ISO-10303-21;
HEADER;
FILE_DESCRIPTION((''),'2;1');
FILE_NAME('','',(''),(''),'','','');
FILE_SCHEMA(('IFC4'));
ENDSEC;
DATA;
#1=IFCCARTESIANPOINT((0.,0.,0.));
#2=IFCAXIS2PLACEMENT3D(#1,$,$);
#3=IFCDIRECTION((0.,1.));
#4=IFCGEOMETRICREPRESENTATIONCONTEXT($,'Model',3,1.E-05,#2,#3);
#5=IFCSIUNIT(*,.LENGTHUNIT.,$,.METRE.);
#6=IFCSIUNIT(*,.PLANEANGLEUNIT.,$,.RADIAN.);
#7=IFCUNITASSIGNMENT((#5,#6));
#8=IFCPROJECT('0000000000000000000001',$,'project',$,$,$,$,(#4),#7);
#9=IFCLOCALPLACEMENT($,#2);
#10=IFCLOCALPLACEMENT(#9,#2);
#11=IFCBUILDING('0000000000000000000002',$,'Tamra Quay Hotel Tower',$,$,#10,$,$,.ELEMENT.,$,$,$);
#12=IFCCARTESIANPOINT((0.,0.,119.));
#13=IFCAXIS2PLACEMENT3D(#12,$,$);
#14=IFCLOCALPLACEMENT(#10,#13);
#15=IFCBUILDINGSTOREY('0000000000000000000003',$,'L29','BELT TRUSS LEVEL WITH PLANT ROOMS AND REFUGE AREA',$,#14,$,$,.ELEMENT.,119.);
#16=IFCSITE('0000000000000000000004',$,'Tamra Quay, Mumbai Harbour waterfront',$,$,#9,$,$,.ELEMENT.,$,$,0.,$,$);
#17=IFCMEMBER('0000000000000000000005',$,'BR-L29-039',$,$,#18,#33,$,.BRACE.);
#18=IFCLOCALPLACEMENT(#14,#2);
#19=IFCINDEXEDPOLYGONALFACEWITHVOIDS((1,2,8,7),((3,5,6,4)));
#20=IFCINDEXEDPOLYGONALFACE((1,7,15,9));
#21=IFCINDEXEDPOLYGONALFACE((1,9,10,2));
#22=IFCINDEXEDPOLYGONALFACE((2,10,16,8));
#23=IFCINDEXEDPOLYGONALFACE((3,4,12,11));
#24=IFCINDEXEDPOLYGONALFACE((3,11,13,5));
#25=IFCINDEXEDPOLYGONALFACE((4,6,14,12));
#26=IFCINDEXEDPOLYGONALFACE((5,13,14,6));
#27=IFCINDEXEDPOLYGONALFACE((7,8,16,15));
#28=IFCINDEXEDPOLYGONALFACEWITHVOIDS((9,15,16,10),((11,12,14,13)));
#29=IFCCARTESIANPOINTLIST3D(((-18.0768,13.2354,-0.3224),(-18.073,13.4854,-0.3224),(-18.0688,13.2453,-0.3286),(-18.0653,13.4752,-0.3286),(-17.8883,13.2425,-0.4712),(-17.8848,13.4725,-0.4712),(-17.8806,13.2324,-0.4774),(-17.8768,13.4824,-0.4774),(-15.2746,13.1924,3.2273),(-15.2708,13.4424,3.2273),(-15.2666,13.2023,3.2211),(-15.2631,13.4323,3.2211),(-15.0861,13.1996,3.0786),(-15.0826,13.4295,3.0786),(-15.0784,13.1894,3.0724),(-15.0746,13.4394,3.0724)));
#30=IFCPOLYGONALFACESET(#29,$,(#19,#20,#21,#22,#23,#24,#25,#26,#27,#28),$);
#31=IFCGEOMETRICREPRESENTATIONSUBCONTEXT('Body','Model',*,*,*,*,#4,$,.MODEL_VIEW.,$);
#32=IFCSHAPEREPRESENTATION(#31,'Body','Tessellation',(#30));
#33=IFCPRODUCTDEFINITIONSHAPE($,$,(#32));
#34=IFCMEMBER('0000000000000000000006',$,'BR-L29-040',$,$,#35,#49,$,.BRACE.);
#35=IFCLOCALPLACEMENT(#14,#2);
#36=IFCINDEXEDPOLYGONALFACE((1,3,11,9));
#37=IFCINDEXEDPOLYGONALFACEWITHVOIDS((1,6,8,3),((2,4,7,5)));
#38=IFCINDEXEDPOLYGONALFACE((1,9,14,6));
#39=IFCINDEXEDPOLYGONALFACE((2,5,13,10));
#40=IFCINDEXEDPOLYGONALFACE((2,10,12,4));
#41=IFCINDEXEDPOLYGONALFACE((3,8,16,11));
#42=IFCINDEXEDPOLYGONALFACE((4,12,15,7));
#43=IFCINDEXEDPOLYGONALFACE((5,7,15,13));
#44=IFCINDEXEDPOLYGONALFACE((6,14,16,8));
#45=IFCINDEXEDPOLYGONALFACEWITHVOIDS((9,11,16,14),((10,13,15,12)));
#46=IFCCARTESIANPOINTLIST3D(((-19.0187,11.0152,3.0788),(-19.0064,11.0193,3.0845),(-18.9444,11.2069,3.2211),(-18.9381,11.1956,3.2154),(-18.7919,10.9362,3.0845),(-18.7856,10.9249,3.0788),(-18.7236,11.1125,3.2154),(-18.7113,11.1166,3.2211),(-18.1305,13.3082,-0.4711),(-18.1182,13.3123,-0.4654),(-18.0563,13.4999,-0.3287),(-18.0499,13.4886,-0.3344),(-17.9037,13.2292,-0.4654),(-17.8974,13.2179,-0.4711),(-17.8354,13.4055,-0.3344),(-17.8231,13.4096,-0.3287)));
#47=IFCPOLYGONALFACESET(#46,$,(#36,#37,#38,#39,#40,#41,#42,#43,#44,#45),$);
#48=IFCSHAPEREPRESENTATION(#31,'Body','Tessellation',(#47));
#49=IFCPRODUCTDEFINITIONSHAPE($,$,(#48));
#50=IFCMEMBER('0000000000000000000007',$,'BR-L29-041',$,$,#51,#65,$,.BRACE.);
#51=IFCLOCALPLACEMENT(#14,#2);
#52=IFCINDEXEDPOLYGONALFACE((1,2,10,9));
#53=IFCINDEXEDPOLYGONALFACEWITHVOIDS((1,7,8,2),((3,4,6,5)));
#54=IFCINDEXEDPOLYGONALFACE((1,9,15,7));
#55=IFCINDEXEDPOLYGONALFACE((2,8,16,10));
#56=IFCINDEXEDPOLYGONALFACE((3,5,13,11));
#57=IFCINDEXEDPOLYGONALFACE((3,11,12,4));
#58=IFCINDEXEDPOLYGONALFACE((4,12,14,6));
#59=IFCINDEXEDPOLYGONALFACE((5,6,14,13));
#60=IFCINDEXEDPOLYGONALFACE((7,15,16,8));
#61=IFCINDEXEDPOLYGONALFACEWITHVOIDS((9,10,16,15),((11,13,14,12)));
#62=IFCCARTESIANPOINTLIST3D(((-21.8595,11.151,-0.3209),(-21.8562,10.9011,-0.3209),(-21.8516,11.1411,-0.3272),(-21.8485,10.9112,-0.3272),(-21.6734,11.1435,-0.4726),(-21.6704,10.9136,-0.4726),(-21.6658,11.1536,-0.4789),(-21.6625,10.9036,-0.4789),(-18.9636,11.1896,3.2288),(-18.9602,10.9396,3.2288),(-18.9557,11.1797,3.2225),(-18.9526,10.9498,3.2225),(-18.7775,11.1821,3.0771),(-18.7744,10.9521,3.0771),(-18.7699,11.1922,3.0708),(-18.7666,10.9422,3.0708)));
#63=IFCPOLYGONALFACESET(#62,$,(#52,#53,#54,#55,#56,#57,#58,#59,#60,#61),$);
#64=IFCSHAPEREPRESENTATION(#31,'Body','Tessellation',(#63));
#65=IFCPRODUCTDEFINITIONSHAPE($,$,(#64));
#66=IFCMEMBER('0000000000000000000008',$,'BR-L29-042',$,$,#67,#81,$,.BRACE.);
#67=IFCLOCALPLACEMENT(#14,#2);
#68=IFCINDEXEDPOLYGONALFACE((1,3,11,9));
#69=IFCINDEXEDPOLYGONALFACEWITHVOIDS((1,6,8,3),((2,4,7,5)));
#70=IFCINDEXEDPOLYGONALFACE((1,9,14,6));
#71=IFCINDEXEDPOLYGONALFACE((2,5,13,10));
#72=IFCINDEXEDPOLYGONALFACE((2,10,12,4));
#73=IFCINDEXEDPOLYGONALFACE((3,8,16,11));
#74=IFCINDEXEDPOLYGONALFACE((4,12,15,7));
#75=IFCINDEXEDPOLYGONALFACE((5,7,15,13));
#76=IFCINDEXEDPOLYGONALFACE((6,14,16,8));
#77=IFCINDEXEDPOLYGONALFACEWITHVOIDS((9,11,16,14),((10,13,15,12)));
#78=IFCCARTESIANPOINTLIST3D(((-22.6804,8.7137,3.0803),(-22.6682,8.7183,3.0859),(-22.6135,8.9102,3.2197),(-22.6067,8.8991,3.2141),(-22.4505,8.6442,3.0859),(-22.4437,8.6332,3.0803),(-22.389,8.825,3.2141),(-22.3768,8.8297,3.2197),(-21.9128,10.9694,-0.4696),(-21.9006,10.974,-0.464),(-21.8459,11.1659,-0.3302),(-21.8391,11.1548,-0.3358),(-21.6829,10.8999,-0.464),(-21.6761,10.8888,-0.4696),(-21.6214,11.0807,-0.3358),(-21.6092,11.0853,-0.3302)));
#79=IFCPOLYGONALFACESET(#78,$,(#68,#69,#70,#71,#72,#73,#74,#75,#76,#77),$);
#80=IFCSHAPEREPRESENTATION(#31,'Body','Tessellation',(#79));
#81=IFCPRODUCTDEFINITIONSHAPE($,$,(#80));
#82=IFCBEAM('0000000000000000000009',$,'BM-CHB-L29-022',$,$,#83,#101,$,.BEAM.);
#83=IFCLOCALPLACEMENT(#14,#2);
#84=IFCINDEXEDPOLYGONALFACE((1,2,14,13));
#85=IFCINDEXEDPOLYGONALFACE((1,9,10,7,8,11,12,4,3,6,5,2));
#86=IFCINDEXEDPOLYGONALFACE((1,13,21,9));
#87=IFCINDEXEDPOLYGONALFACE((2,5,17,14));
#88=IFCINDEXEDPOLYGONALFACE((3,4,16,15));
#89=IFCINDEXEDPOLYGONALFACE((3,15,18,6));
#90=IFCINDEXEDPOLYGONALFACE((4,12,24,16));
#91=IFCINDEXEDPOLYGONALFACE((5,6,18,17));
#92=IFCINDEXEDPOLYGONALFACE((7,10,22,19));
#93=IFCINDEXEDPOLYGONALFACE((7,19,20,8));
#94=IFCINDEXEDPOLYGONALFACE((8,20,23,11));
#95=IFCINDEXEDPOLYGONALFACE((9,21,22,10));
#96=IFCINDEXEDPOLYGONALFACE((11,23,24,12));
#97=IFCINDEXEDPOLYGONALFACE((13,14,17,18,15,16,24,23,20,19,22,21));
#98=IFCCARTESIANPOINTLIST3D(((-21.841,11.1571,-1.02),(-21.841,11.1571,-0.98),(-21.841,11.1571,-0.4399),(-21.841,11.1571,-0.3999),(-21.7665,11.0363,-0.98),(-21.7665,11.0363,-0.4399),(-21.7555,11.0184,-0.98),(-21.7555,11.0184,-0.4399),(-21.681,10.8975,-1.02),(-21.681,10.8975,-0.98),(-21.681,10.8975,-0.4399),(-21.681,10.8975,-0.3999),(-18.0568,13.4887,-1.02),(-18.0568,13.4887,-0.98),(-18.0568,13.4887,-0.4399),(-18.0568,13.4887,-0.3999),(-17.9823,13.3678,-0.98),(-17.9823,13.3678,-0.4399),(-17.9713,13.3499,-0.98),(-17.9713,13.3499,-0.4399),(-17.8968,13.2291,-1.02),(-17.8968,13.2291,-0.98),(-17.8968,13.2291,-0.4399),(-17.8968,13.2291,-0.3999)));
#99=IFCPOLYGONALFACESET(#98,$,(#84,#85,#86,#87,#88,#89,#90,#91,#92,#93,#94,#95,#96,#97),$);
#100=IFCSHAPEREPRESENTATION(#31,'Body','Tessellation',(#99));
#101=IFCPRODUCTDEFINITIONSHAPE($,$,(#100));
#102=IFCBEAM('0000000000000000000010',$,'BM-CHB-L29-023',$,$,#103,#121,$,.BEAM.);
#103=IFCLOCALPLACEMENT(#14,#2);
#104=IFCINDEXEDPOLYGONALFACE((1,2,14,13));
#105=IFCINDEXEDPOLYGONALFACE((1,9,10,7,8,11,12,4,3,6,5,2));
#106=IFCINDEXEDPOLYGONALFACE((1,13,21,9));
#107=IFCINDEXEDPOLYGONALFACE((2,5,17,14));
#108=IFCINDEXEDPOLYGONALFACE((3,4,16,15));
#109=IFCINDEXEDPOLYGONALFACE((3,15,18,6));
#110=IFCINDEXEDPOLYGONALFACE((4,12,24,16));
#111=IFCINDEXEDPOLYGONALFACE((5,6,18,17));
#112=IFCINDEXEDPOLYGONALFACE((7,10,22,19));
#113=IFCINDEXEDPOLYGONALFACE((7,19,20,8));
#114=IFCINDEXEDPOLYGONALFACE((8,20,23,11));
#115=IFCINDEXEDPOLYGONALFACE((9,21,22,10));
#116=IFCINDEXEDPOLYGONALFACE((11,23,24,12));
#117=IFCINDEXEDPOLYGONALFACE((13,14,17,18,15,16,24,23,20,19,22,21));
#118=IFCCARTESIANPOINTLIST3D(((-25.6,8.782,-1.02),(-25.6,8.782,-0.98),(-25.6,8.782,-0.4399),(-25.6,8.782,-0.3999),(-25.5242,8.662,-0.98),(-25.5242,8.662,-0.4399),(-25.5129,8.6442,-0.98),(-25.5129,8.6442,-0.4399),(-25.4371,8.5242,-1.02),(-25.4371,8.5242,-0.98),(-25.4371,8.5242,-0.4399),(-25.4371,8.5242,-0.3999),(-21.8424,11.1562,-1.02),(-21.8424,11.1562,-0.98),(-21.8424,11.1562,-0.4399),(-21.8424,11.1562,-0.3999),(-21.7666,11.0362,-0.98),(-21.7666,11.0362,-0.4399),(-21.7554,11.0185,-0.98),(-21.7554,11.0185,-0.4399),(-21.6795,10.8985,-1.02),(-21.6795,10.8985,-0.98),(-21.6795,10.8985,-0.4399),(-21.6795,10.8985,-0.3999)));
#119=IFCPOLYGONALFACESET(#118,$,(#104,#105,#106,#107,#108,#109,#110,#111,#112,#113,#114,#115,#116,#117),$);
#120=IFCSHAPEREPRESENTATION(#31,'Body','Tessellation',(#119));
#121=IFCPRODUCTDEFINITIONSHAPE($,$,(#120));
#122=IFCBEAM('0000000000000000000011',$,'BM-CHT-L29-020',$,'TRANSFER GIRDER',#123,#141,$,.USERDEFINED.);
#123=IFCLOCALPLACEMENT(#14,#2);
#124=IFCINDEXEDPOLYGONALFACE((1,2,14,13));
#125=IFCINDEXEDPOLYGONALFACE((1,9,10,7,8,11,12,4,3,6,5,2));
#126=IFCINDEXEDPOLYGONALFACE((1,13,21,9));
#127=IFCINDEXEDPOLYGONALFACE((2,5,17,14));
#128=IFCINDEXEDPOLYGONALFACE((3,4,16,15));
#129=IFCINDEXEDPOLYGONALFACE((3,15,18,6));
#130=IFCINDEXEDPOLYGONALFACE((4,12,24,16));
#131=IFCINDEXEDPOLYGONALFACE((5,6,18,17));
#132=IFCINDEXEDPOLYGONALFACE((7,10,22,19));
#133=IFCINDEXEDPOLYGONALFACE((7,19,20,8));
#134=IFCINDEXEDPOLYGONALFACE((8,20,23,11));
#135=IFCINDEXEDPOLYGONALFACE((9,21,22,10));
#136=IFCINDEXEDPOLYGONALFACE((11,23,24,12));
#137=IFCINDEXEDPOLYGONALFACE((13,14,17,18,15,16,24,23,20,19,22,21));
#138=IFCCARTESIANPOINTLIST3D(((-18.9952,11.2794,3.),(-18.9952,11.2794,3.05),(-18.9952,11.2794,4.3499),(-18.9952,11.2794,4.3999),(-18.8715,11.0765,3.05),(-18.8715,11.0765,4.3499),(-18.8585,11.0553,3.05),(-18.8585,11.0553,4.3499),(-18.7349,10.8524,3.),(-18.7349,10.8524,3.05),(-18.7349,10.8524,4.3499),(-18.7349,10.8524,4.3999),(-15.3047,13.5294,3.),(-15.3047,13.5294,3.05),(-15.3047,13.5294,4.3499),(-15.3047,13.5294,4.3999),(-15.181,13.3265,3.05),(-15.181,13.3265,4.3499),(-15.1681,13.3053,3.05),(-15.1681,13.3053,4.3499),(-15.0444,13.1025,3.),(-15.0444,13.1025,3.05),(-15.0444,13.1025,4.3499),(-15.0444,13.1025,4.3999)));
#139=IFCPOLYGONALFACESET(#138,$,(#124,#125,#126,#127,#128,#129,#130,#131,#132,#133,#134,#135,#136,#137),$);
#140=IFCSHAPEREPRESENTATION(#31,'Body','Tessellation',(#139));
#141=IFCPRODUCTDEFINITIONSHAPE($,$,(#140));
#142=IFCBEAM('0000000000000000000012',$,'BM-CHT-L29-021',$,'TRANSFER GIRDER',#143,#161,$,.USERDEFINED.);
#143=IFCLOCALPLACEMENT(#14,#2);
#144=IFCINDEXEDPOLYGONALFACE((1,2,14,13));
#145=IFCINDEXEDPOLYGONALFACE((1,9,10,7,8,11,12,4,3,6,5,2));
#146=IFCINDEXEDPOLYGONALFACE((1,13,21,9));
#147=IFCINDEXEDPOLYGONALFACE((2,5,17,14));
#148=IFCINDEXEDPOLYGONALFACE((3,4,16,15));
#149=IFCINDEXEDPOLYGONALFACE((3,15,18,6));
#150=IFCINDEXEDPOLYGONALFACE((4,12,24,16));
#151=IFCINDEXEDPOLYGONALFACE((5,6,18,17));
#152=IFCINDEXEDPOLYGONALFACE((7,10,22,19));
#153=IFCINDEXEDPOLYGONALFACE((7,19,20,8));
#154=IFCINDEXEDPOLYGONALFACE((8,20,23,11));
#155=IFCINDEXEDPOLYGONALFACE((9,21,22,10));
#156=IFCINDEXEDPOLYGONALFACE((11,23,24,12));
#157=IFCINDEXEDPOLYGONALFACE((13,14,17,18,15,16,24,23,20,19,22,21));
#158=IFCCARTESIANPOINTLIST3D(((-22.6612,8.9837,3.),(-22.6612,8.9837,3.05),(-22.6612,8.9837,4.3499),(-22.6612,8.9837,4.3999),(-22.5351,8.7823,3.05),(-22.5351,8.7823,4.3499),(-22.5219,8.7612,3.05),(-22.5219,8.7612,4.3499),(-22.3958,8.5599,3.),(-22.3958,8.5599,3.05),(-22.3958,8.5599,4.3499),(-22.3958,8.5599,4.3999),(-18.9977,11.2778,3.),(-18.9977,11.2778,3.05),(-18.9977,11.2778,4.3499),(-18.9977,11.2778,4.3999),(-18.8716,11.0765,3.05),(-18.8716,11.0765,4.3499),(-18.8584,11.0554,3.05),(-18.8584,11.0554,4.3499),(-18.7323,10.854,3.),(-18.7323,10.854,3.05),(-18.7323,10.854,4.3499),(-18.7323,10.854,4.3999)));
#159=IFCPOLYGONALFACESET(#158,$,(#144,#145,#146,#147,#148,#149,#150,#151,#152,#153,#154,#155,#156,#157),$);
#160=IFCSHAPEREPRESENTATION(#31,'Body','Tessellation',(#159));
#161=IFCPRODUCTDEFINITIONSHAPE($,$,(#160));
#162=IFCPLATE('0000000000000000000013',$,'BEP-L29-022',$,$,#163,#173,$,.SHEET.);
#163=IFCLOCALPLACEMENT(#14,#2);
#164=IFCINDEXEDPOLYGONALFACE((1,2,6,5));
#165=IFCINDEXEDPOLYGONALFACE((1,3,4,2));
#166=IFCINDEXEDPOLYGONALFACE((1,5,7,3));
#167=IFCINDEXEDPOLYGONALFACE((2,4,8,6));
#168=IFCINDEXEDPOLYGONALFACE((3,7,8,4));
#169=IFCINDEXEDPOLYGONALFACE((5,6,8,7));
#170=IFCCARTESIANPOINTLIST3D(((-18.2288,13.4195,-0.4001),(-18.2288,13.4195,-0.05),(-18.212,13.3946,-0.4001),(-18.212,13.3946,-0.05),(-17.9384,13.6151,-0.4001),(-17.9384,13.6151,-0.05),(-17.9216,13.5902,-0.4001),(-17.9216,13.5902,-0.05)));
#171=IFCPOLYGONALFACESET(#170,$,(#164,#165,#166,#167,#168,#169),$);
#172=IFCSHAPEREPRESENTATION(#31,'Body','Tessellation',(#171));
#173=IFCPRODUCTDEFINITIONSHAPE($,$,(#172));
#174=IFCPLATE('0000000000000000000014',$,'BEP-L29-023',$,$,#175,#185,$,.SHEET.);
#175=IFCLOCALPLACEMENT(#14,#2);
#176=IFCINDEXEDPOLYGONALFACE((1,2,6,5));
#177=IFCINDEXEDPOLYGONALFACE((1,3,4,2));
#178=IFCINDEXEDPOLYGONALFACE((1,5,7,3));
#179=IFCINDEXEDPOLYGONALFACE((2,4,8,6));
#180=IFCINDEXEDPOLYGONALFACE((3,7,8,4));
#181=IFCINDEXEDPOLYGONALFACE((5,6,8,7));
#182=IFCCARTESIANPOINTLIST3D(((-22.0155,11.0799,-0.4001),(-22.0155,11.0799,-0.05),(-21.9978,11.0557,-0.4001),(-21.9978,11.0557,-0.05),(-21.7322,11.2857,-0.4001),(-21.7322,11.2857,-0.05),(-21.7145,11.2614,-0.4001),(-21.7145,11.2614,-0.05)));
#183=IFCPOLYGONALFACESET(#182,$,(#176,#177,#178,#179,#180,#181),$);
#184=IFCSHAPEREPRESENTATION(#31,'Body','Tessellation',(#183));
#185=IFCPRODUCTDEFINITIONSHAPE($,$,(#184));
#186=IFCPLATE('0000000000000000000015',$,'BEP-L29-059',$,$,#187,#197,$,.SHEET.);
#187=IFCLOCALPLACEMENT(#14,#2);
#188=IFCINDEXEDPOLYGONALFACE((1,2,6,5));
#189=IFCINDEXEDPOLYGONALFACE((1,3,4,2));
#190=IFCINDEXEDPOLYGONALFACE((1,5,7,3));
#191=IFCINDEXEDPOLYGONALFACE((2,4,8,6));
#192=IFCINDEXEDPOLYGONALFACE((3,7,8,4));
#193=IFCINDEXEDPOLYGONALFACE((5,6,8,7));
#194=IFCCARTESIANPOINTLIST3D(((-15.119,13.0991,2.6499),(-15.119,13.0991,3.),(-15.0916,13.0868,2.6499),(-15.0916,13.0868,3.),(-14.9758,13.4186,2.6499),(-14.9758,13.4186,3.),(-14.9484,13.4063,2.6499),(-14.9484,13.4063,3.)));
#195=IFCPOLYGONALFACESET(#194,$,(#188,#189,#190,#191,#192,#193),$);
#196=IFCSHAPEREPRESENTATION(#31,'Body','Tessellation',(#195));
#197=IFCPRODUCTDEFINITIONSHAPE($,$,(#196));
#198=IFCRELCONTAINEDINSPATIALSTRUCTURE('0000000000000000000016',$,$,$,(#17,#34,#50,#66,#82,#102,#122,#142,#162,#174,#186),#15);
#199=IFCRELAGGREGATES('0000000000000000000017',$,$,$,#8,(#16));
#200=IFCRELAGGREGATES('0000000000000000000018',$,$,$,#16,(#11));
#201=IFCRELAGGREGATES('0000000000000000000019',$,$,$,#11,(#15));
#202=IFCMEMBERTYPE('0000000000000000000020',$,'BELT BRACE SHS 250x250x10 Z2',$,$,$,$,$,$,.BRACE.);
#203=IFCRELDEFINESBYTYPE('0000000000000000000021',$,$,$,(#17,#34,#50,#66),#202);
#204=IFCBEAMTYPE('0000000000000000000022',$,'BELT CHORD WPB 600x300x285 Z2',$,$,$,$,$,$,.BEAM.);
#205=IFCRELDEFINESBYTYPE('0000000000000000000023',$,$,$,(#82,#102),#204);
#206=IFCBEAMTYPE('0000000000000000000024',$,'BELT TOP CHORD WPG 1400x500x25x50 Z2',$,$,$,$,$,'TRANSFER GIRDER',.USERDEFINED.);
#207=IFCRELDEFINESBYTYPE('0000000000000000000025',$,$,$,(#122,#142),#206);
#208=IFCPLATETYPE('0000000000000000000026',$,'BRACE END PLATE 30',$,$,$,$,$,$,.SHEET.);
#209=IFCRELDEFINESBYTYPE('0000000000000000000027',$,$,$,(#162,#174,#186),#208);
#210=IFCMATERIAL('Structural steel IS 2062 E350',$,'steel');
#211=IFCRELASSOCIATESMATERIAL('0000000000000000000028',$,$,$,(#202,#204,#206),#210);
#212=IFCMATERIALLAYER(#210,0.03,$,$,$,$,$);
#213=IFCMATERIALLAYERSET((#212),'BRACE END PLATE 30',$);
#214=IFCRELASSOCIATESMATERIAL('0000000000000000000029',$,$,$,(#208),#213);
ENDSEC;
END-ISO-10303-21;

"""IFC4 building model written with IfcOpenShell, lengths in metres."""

from ifc_helpers import new_model, si_unit, direction, frame, origin, origin_2d, place, context, subcontext, project, spatial, rectangle, hollow_rectangle, i_section, extrude, material, layer, layer_set, material_profile, profile_set, type_object, element, save


model = new_model("IFC4")

# Units and contexts
model_context = context("Model", 3, precision=1e-05, world=origin(), true_north=direction((0.0, 1.0)))
body_context = subcontext(model_context, "Body", "Model", "MODEL_VIEW")
ifc_project = project(units=[si_unit("LENGTHUNIT", "METRE"), si_unit("PLANEANGLEUNIT", "RADIAN")], contexts=[model_context])

# Site, building, storey
site_placement = place(None, origin())
site = spatial("IfcSite", under=ifc_project, at=site_placement, Name="Tamra Quay, Mumbai Harbour waterfront", CompositionType="ELEMENT", RefElevation=0.0)
building_placement = place(site_placement, origin())
building = spatial("IfcBuilding", under=site, at=building_placement, Name="Tamra Quay Hotel Tower", CompositionType="ELEMENT")
storey_placement = place(building_placement, frame((0.0, 0.0, 119.0)))
storey = spatial("IfcBuildingStorey", under=building, at=storey_placement, Name="L29", Description="BELT TRUSS LEVEL WITH PLANT ROOMS AND REFUGE AREA", CompositionType="ELEMENT", Elevation=119.0)

# Members
ifc_material_1 = material(Name="Structural steel IS 2062 E350", Category="steel")
ifc_material_profile_1 = material_profile(ifc_material_1, hollow_rectangle(XDim=0.25, YDim=0.25, WallThickness=0.01, at=origin_2d()), Name="SHS 250x250x10")
ifc_profile_set_1 = profile_set([ifc_material_profile_1], Name="Structural steel IS 2062 E350")
member_type = type_object("IfcMemberType", Name="BELT BRACE SHS 250x250x10 Z2", PredefinedType="BRACE", material=ifc_profile_set_1)
member_1_placement = place(storey_placement, frame((-17.9768, 13.3589, -0.3999), z_axis=(0.619585, -0.009501, 0.784872), x_axis=(0.015332, 0.999882, 0.0)))
element("IfcMember", 1, at=member_1_placement, inside=storey, type_object=member_type, Name="BR-L29-039", PredefinedType="BRACE", context=body_context, shape_type="SweptSolid", body=[
    extrude(hollow_rectangle(XDim=0.25, YDim=0.25, WallThickness=0.01, at=origin_2d()), origin(), (0.0, 0.0, 1.0), 4.5227),
])
member_2_placement = place(storey_placement, frame((-17.9768, 13.3589, -0.3999), z_axis=(-0.205679, -0.530989, 0.822038), x_axis=(0.932488, -0.3612, 0.0)))
element("IfcMember", 2, at=member_2_placement, inside=storey, type_object=member_type, Name="BR-L29-040", PredefinedType="BRACE", context=body_context, shape_type="SweptSolid", body=[
    extrude(hollow_rectangle(XDim=0.25, YDim=0.25, WallThickness=0.01, at=origin_2d()), origin(), (0.0, 0.0, 1.0), 4.3184),
])
member_3_placement = place(storey_placement, frame((-21.761, 11.0273, -0.3999), z_axis=(0.632118, 0.00842, 0.774827), x_axis=(-0.013319, 0.999911, 0.0)))
element("IfcMember", 3, at=member_3_placement, inside=storey, type_object=member_type, Name="BR-L29-041", PredefinedType="BRACE", context=body_context, shape_type="SweptSolid", body=[
    extrude(hollow_rectangle(XDim=0.25, YDim=0.25, WallThickness=0.01, at=origin_2d()), origin(), (0.0, 0.0, 1.0), 4.5813),
])
member_4_placement = place(storey_placement, frame((-21.761, 11.0273, -0.3999), z_axis=(-0.179538, -0.527594, 0.830308), x_axis=(0.946687, -0.322154, 0.0)))
element("IfcMember", 4, at=member_4_placement, inside=storey, type_object=member_type, Name="BR-L29-042", PredefinedType="BRACE", context=body_context, shape_type="SweptSolid", body=[
    extrude(hollow_rectangle(XDim=0.25, YDim=0.25, WallThickness=0.01, at=origin_2d()), origin(), (0.0, 0.0, 1.0), 4.2754),
])

# Beams
ifc_material_profile_2 = material_profile(ifc_material_1, i_section(OverallWidth=0.3049, OverallDepth=0.6201, WebThickness=0.021, FlangeThickness=0.04, at=origin_2d()), Name="WPB 600x300x285")
ifc_profile_set_2 = profile_set([ifc_material_profile_2], Name="Structural steel IS 2062 E350")
beam_type_1 = type_object("IfcBeamType", Name="BELT CHORD WPB 600x300x285 Z2", PredefinedType="BEAM", material=ifc_profile_set_2)
for number, where, z_axis, x_axis, name in (
    (5, (-17.9768, 13.3589, -0.71), (-0.851375, -0.524557, 0.0), (0.524557, -0.851375, 0.0), "BM-CHB-L29-022"),
    (6, (-21.761, 11.0273, -0.71), (-0.845381, -0.534165, 0.0), (0.534165, -0.845381, 0.0), "BM-CHB-L29-023"),
):
    element("IfcBeam", number, at=place(storey_placement, frame(where, z_axis=z_axis, x_axis=x_axis)), inside=storey, type_object=beam_type_1, Name=name, PredefinedType="BEAM", context=body_context, shape_type="SweptSolid", body=[
        extrude(i_section(OverallWidth=0.3049, OverallDepth=0.6201, WebThickness=0.021, FlangeThickness=0.04, at=origin_2d()), origin(), (0.0, 0.0, 1.0), 4.4448),
    ])
ifc_material_profile_3 = material_profile(ifc_material_1, i_section(OverallWidth=0.5, OverallDepth=1.3999, WebThickness=0.0249, FlangeThickness=0.05, at=origin_2d()), Name="WPG 1400x500x25x50")
ifc_profile_set_3 = profile_set([ifc_material_profile_3], Name="Structural steel IS 2062 E350")
beam_type_2 = type_object("IfcBeamType", Name="BELT TOP CHORD WPG 1400x500x25x50 Z2", ElementType="TRANSFER GIRDER", PredefinedType="USERDEFINED", material=ifc_profile_set_3)
beam_1_placement = place(storey_placement, frame((-15.1746, 13.3159, 3.7), z_axis=(-0.853823, -0.520563, 0.0), x_axis=(0.520563, -0.853823, 0.0)))
element("IfcBeam", 7, at=beam_1_placement, inside=storey, type_object=beam_type_2, Name="BM-CHT-L29-020", ObjectType="TRANSFER GIRDER", PredefinedType="USERDEFINED", context=body_context, shape_type="SweptSolid", body=[
    extrude(i_section(OverallWidth=0.5, OverallDepth=1.3999, WebThickness=0.0249, FlangeThickness=0.05, at=origin_2d()), origin(), (0.0, 0.0, 1.0), 4.3223),
])
beam_2_placement = place(storey_placement, frame((-18.865, 11.0659, 3.7), z_axis=(-0.847535, -0.53074, 0.0), x_axis=(0.53074, -0.847535, 0.0)))
element("IfcBeam", 8, at=beam_2_placement, inside=storey, type_object=beam_type_2, Name="BM-CHT-L29-021", ObjectType="TRANSFER GIRDER", PredefinedType="USERDEFINED", context=body_context, shape_type="SweptSolid", body=[
    extrude(i_section(OverallWidth=0.5, OverallDepth=1.3999, WebThickness=0.0249, FlangeThickness=0.05, at=origin_2d()), origin(), (0.0, 0.0, 1.0), 4.3225),
])

# Plates
ifc_layer_1 = layer(ifc_material_1, 0.03)
ifc_layer_set_1 = layer_set([ifc_layer_1], Name="BRACE END PLATE 30")
plate_type = type_object("IfcPlateType", Name="BRACE END PLATE 30", PredefinedType="SHEET", material=ifc_layer_set_1)
for number, where, z_axis, x_axis, name in (
    (9, (-18.0752, 13.5049, -0.4001), (0.0, 0.0, 1.0), (-0.558776, 0.829319, 0.0), "BEP-L29-022"),
    (10, (-21.865, 11.1707, -0.4001), (0.0, 0.0, 1.0), (-0.587576, 0.809169, 0.0), "BEP-L29-023"),
    (11, (-15.0337, 13.2527, 2.6499), (0.0, 0.0, 1.0), (-0.912567, 0.408926, 0.0), "BEP-L29-059"),
):
    element("IfcPlate", number, at=place(storey_placement, frame(where, z_axis=z_axis, x_axis=x_axis)), inside=storey, type_object=plate_type, Name=name, PredefinedType="SHEET", context=body_context, shape_type="SweptSolid", body=[
        extrude(rectangle(XDim=0.03, YDim=0.3501, at=origin_2d()), origin(), (0.0, 0.0, 1.0), 0.3501),
    ])

save(model, "model.ifc")
